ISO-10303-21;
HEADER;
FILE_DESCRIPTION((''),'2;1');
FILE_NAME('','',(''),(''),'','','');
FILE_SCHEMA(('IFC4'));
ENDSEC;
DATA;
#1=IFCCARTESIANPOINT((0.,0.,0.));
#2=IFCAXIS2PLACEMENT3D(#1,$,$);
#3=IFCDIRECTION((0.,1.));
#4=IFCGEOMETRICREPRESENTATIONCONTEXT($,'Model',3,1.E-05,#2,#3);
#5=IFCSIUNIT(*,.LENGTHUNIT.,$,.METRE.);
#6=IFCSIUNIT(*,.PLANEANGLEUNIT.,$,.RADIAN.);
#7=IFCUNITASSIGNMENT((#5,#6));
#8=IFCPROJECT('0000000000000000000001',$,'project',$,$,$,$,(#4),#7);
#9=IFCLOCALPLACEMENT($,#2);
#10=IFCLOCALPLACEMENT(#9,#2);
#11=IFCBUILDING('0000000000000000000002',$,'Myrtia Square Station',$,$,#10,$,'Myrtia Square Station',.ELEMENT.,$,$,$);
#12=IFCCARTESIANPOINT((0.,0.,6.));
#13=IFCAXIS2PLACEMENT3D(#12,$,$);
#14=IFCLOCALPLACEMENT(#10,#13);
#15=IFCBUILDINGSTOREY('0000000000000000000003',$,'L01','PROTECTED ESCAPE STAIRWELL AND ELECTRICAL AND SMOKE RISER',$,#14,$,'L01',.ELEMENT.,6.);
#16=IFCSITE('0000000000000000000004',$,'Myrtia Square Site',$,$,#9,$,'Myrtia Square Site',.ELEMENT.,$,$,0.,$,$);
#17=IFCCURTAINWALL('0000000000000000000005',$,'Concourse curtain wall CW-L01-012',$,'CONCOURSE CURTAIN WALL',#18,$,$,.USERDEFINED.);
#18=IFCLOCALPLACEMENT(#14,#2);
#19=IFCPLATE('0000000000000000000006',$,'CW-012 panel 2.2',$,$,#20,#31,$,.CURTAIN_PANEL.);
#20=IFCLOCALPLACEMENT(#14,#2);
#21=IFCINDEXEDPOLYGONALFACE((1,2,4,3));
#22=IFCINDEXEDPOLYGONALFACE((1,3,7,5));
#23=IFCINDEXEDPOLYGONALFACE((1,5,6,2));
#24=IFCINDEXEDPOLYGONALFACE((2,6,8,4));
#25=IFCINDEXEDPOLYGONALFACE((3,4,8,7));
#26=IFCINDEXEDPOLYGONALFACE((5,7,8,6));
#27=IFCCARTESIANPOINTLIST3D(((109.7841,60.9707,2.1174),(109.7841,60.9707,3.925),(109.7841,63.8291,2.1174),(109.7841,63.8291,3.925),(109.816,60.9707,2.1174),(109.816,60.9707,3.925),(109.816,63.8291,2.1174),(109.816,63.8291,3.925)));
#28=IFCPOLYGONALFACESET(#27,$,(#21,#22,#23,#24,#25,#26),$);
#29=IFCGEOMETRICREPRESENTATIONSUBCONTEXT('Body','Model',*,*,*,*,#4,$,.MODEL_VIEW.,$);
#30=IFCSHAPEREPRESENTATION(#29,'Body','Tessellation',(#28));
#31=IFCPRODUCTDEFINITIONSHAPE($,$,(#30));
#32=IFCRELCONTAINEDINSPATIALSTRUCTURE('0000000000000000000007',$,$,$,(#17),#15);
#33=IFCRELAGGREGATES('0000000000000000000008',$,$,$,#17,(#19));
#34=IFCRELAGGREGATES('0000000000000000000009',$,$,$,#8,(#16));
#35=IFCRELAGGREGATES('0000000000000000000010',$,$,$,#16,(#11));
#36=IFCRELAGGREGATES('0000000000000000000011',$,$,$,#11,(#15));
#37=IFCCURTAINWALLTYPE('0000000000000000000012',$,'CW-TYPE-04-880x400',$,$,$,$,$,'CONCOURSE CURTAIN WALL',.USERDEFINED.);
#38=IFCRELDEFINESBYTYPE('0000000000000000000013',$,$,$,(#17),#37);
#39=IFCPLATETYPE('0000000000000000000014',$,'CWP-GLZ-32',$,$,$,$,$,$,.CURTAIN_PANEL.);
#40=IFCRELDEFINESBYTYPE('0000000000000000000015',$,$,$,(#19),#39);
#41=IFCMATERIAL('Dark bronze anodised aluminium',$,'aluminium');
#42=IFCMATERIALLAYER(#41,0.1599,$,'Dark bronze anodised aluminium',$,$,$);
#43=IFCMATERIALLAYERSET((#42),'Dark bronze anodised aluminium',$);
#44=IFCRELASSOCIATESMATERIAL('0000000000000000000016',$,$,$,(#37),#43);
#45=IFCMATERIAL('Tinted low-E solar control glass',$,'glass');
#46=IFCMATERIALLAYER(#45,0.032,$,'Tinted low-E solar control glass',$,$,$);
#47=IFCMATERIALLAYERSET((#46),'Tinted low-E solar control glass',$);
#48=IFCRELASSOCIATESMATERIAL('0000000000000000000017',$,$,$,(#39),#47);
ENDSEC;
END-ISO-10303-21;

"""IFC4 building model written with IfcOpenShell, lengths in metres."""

from ifc_helpers import new_model, si_unit, direction, frame, origin, origin_2d, place, context, subcontext, project, spatial, rectangle, extrude, material, layer, layer_set, type_object, element, aggregate, save


model = new_model("IFC4")

# Units and contexts
model_context = context("Model", 3, precision=1e-05, world=origin(), true_north=direction((0.0, 1.0)))
body_context = subcontext(model_context, "Body", "Model", "MODEL_VIEW")
ifc_project = project(units=[si_unit("LENGTHUNIT", "METRE"), si_unit("PLANEANGLEUNIT", "RADIAN")], contexts=[model_context])

# Site, building, storey
site_placement = place(None, origin())
site = spatial("IfcSite", under=ifc_project, at=site_placement, Name="Myrtia Square Site", LongName="Myrtia Square Site", CompositionType="ELEMENT", RefElevation=0.0)
building_placement = place(site_placement, origin())
building = spatial("IfcBuilding", under=site, at=building_placement, Name="Myrtia Square Station", LongName="Myrtia Square Station", CompositionType="ELEMENT")
storey_placement = place(building_placement, frame((0.0, 0.0, 6.0)))
storey = spatial("IfcBuildingStorey", under=building, at=storey_placement, Name="L01", Description="PROTECTED ESCAPE STAIRWELL AND ELECTRICAL AND SMOKE RISER", LongName="L01", CompositionType="ELEMENT", Elevation=6.0)

# Shared definitions
ifc_material_1 = material(Name="Dark bronze anodised aluminium", Category="aluminium")
ifc_layer_1 = layer(ifc_material_1, 0.1599, Name="Dark bronze anodised aluminium")
ifc_layer_set_1 = layer_set([ifc_layer_1], Name="Dark bronze anodised aluminium")
curtain_wall_type = type_object("IfcCurtainWallType", Name="CW-TYPE-04-880x400", ElementType="CONCOURSE CURTAIN WALL", PredefinedType="USERDEFINED", material=ifc_layer_set_1)

# Curtain wall
curtain_wall_1_placement = place(storey_placement, origin())
curtain_wall_1 = element("IfcCurtainWall", 1, at=curtain_wall_1_placement, inside=storey, type_object=curtain_wall_type, Name="Concourse curtain wall CW-L01-012", ObjectType="CONCOURSE CURTAIN WALL", PredefinedType="USERDEFINED")

# Plate
ifc_material_2 = material(Name="Tinted low-E solar control glass", Category="glass")
ifc_layer_2 = layer(ifc_material_2, 0.032, Name="Tinted low-E solar control glass")
ifc_layer_set_2 = layer_set([ifc_layer_2], Name="Tinted low-E solar control glass")
plate_type_1 = type_object("IfcPlateType", Name="CWP-GLZ-32", PredefinedType="CURTAIN_PANEL", material=ifc_layer_set_2)
plate_1_placement = place(storey_placement, frame((109.8, 62.3999, 2.1174), z_axis=(0.0, 0.0, 1.0), x_axis=(0.0, 1.0, 0.0)))
plate_1 = element("IfcPlate", 2, at=plate_1_placement, type_object=plate_type_1, Name="CW-012 panel 2.2", PredefinedType="CURTAIN_PANEL", context=body_context, shape_type="SweptSolid", body=[
    extrude(rectangle(XDim=2.8584, YDim=0.032, at=origin_2d()), origin(), (0.0, 0.0, 1.0), 1.8076),
])
aggregate(curtain_wall_1, [plate_1])

save(model, "model.ifc")
